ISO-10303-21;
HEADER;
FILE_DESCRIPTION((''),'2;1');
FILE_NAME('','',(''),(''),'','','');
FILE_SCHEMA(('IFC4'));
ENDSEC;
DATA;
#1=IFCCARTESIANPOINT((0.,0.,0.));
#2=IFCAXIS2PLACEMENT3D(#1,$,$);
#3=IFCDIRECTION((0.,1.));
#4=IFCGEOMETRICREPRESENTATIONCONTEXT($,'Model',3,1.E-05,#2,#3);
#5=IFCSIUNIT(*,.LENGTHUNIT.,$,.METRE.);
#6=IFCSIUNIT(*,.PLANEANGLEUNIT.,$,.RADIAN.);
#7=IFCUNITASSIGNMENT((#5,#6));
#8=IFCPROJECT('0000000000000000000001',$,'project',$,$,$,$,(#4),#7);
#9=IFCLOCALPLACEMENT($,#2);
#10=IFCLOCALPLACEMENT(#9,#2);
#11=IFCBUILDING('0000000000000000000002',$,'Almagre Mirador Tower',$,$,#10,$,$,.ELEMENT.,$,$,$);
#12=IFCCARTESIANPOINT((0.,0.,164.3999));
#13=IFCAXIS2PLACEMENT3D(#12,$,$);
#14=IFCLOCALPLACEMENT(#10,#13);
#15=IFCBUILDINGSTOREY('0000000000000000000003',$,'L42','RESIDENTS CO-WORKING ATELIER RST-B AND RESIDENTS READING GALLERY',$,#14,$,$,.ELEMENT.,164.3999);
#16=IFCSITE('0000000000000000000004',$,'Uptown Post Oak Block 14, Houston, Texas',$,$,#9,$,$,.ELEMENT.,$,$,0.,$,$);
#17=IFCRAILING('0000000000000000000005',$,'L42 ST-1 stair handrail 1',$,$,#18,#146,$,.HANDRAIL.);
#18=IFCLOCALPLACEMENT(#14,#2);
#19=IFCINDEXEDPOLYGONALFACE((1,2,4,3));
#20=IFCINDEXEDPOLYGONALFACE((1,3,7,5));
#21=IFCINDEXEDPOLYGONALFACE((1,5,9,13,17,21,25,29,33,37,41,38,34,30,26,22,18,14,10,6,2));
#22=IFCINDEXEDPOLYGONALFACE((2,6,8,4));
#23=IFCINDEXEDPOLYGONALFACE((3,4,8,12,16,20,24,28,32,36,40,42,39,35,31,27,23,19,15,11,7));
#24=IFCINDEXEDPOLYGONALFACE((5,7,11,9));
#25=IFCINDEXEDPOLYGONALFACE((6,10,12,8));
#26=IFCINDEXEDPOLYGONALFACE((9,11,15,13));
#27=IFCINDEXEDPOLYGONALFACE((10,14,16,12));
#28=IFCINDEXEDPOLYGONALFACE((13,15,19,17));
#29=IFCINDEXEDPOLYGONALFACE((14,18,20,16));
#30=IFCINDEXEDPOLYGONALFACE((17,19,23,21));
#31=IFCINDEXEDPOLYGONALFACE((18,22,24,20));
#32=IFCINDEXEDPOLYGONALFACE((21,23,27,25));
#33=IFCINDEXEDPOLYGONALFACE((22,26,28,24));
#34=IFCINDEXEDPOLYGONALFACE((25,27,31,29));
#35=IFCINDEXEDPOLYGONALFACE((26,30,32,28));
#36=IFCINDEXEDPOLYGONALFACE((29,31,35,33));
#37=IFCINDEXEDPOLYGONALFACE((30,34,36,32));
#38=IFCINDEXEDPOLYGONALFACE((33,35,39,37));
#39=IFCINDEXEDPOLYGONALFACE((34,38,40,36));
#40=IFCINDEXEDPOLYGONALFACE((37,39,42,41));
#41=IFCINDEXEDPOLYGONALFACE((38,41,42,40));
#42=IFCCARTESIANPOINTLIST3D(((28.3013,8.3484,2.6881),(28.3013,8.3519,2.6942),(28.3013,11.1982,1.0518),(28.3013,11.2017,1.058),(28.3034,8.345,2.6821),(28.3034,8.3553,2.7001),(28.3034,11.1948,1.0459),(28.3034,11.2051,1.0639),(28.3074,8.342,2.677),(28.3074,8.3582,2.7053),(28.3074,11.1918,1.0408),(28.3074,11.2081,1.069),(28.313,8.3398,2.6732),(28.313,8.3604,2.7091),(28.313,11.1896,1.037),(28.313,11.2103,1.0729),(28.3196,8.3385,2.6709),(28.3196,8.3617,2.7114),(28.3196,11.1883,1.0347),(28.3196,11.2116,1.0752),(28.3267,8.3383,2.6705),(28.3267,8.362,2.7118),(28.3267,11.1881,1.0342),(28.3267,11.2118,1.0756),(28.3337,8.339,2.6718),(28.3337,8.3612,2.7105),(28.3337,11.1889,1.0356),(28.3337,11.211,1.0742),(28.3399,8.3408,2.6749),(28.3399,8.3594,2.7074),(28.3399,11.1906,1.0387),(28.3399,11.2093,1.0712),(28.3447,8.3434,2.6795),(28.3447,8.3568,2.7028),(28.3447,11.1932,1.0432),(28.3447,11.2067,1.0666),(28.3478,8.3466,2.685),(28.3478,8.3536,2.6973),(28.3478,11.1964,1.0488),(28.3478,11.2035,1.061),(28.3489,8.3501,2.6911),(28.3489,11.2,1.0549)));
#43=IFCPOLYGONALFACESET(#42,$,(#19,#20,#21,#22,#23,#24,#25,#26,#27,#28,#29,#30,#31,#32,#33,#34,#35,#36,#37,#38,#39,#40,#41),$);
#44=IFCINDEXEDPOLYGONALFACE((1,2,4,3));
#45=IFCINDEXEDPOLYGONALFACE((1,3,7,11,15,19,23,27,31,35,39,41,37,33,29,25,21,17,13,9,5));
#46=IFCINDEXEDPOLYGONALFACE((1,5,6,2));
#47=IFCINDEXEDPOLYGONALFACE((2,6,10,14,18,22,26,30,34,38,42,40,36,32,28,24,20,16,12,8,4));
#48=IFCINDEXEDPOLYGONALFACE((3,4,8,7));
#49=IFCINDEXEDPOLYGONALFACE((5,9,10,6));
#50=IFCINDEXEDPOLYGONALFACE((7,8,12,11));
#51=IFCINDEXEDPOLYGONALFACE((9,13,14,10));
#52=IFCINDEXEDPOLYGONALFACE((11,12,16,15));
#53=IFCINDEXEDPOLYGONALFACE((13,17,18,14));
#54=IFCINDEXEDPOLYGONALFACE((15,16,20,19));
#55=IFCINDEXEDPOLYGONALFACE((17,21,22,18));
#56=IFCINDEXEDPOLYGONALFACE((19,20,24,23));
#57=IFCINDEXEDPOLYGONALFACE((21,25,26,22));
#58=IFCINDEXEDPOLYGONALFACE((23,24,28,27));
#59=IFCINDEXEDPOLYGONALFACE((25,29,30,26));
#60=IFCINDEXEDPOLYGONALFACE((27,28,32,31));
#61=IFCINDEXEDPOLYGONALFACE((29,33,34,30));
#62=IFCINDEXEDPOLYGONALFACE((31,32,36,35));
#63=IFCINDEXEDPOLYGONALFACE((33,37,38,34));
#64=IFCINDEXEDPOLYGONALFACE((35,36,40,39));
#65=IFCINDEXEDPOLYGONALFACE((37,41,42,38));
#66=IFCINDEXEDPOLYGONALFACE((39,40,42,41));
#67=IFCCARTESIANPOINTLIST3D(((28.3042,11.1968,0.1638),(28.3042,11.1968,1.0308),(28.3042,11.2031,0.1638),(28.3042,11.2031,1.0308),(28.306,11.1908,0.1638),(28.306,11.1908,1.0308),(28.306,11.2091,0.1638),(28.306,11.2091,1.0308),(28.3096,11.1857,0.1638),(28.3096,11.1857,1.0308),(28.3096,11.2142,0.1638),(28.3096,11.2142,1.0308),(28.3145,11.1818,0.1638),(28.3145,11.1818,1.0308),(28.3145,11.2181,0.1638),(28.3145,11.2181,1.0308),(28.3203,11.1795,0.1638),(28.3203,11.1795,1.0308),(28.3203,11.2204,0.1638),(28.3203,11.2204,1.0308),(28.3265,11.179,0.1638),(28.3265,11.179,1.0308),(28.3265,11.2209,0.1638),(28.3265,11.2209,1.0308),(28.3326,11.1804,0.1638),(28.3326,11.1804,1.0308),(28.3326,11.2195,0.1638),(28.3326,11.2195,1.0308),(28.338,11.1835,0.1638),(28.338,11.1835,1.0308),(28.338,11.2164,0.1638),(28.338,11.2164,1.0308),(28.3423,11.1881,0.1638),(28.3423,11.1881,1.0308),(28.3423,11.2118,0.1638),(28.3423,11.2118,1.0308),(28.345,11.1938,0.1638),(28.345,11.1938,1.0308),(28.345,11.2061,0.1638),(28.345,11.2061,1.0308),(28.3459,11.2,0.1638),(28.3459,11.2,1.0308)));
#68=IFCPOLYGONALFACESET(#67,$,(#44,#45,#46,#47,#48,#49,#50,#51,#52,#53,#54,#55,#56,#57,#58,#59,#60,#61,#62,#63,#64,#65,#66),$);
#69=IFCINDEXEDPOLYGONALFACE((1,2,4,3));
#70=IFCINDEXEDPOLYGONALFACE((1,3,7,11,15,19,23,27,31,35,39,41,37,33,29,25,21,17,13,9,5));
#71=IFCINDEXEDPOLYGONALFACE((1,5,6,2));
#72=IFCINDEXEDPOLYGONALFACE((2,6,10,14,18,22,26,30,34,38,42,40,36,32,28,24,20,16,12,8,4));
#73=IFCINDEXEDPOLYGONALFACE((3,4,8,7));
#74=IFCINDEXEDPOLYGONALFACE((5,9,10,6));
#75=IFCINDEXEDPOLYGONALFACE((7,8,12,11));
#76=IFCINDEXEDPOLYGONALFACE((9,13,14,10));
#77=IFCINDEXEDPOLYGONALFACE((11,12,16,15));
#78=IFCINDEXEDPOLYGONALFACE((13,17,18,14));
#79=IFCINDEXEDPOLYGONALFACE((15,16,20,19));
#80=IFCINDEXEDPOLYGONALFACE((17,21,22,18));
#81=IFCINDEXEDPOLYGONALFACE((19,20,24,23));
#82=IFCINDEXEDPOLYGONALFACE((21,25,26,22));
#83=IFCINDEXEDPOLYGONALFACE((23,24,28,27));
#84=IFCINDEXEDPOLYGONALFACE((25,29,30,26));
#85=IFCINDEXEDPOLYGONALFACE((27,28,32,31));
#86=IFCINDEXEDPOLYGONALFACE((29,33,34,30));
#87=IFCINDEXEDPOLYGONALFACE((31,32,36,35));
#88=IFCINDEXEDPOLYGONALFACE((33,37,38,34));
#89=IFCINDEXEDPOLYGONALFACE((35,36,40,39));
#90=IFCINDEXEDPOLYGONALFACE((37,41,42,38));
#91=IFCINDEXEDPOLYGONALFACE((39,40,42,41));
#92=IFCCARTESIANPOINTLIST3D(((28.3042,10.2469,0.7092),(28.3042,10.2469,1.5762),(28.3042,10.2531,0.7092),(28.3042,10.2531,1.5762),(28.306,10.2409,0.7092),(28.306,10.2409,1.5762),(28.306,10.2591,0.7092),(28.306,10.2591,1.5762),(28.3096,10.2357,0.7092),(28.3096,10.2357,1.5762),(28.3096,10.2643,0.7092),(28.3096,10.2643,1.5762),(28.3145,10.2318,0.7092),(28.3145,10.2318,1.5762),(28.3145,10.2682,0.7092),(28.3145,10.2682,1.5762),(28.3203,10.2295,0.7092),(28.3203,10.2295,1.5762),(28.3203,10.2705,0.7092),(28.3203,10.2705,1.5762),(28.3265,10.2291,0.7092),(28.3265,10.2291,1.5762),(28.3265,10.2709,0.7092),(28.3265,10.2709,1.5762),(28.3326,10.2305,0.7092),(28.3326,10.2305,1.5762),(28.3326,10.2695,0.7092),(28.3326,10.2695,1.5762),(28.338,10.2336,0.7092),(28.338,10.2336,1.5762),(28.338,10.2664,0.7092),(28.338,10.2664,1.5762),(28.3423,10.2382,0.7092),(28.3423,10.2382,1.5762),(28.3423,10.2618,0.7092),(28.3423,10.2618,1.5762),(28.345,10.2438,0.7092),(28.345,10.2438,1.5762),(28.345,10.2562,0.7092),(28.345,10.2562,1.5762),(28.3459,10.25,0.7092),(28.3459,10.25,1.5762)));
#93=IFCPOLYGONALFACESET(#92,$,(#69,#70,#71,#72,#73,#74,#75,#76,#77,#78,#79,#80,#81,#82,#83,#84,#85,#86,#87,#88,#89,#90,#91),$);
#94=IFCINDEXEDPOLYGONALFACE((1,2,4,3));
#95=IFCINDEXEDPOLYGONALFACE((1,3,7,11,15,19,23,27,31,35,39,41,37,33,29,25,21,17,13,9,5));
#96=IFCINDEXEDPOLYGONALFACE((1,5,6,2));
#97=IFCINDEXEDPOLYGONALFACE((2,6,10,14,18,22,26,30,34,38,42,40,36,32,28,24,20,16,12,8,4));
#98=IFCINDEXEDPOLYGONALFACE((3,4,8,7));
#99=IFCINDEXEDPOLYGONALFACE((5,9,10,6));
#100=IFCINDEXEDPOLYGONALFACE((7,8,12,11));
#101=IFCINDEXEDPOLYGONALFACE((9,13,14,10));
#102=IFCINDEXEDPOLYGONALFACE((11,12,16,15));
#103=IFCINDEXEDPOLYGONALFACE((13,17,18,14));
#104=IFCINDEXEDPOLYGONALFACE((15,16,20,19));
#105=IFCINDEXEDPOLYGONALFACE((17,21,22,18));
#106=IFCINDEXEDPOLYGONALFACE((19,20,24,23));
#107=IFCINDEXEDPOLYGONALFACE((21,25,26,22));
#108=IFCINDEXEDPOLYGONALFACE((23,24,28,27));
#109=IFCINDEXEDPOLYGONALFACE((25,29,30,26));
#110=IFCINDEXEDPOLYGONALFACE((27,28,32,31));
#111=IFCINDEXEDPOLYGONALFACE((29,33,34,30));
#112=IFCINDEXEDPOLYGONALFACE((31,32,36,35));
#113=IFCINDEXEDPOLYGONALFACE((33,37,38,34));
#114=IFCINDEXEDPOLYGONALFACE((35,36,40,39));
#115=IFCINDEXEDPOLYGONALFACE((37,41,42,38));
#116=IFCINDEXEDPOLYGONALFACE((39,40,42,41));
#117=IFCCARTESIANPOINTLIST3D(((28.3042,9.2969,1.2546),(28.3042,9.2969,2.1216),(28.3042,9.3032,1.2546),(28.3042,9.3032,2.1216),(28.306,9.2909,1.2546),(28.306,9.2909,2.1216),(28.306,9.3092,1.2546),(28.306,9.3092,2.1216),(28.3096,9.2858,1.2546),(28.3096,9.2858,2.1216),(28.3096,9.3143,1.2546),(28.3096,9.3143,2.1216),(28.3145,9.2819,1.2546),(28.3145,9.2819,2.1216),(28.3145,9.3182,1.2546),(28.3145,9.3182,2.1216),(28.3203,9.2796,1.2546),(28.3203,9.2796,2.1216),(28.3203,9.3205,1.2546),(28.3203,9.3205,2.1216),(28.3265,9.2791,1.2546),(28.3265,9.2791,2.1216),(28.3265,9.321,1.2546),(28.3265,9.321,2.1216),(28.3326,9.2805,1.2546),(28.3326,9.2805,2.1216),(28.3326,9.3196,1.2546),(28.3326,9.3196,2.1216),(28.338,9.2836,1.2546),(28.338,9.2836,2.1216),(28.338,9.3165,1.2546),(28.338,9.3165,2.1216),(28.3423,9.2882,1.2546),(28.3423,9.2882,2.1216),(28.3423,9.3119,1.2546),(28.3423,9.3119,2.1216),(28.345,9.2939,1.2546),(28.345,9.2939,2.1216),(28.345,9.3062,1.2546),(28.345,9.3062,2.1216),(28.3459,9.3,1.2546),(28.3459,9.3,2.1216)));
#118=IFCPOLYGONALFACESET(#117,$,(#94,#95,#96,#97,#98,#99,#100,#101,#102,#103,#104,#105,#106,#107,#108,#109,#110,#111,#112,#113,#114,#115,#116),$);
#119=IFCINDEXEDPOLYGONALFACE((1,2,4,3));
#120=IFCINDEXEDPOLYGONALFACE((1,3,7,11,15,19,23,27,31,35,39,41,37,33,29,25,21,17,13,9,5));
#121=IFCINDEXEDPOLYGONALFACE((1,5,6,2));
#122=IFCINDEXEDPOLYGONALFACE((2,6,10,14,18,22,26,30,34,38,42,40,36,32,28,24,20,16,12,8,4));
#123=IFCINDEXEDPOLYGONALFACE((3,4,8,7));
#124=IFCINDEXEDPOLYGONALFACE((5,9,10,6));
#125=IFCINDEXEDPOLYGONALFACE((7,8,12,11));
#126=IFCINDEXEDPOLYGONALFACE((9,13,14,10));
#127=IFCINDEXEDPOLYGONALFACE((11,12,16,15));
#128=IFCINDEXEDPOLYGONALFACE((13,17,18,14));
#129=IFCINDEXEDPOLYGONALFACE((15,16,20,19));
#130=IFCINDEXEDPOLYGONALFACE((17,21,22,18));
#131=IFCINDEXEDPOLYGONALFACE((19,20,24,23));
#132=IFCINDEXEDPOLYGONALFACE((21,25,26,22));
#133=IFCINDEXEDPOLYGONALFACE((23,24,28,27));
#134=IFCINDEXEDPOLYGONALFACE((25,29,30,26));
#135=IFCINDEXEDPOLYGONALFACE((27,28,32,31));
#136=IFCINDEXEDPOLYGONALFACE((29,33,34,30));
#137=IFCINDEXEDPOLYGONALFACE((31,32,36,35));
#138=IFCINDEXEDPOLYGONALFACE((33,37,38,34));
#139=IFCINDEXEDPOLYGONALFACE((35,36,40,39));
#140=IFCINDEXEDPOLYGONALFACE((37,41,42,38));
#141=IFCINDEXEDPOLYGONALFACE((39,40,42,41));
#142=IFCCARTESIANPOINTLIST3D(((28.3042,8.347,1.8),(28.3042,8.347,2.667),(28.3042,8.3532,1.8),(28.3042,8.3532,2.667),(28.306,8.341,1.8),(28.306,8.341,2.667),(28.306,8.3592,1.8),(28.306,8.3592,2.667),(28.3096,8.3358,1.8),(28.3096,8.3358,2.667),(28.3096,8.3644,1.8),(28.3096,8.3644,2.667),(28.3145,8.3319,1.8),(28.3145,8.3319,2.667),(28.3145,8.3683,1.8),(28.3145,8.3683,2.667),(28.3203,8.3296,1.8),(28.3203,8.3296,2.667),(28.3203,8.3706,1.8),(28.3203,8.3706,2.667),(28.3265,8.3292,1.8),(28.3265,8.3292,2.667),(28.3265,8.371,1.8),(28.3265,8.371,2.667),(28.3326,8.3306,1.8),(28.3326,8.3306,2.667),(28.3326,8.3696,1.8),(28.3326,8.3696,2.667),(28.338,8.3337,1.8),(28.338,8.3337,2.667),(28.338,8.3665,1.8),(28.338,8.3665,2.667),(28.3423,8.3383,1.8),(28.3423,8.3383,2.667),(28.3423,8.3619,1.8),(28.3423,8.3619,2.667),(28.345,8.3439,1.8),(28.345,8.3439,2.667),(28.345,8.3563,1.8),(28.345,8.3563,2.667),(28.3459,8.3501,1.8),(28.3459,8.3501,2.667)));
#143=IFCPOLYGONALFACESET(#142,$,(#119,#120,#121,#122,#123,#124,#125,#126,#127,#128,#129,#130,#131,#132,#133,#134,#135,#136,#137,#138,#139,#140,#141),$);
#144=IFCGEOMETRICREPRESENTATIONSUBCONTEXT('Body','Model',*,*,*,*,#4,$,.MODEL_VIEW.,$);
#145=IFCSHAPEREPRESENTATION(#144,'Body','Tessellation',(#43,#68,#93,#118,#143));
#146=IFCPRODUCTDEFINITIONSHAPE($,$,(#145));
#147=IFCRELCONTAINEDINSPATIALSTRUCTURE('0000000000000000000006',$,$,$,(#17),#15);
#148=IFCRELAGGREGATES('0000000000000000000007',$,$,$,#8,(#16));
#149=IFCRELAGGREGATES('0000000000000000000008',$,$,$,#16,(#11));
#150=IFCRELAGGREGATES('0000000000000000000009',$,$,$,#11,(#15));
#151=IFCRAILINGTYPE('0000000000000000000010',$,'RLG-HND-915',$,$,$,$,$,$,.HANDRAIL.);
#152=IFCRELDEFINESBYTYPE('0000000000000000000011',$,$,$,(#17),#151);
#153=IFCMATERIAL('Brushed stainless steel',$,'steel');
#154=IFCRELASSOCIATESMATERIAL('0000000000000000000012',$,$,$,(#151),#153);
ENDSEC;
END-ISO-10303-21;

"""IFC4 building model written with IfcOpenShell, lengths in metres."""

from ifc_helpers import new_model, si_unit, direction, frame, origin, origin_2d, place, context, subcontext, project, spatial, circle, extrude, material, type_object, element, save


model = new_model("IFC4")

# Units and contexts
model_context = context("Model", 3, precision=1e-05, world=origin(), true_north=direction((0.0, 1.0)))
body_context = subcontext(model_context, "Body", "Model", "MODEL_VIEW")
ifc_project = project(units=[si_unit("LENGTHUNIT", "METRE"), si_unit("PLANEANGLEUNIT", "RADIAN")], contexts=[model_context])

# Site, building, storey
site_placement = place(None, origin())
site = spatial("IfcSite", under=ifc_project, at=site_placement, Name="Uptown Post Oak Block 14, Houston, Texas", CompositionType="ELEMENT", RefElevation=0.0)
building_placement = place(site_placement, origin())
building = spatial("IfcBuilding", under=site, at=building_placement, Name="Almagre Mirador Tower", CompositionType="ELEMENT")
storey_placement = place(building_placement, frame((0.0, 0.0, 164.3999)))
storey = spatial("IfcBuildingStorey", under=building, at=storey_placement, Name="L42", Description="RESIDENTS CO-WORKING ATELIER RST-B AND RESIDENTS READING GALLERY", CompositionType="ELEMENT", Elevation=164.3999)

# Railing
ifc_material_1 = material(Name="Brushed stainless steel", Category="steel")
railing_type_1 = type_object("IfcRailingType", Name="RLG-HND-915", PredefinedType="HANDRAIL", material=ifc_material_1)
railing_1_placement = place(storey_placement, frame((28.325, 11.2, 0.1638)))
element("IfcRailing", 1, at=railing_1_placement, inside=storey, type_object=railing_type_1, Name="L42 ST-1 stair handrail 1", PredefinedType="HANDRAIL", context=body_context, shape_type="SweptSolid", body=[
    extrude(circle(Radius=0.0239, at=origin_2d()), frame((0.0, 0.0, 0.8911), z_axis=(0.0, -0.867226, 0.497914), x_axis=(1.0, 0.0, 0.0)), (0.0, 0.0, 1.0), 3.2861),
    extrude(circle(Radius=0.021, at=origin_2d()), origin(), (0.0, 0.0, 1.0), 0.8669),
    extrude(circle(Radius=0.021, at=origin_2d()), frame((0.0, -0.95, 0.5454)), (0.0, 0.0, 1.0), 0.8669),
    extrude(circle(Radius=0.021, at=origin_2d()), frame((0.0, -1.8999, 1.0908)), (0.0, 0.0, 1.0), 0.8669),
    extrude(circle(Radius=0.021, at=origin_2d()), frame((0.0, -2.8499, 1.6362)), (0.0, 0.0, 1.0), 0.8669),
])

save(model, "model.ifc")
